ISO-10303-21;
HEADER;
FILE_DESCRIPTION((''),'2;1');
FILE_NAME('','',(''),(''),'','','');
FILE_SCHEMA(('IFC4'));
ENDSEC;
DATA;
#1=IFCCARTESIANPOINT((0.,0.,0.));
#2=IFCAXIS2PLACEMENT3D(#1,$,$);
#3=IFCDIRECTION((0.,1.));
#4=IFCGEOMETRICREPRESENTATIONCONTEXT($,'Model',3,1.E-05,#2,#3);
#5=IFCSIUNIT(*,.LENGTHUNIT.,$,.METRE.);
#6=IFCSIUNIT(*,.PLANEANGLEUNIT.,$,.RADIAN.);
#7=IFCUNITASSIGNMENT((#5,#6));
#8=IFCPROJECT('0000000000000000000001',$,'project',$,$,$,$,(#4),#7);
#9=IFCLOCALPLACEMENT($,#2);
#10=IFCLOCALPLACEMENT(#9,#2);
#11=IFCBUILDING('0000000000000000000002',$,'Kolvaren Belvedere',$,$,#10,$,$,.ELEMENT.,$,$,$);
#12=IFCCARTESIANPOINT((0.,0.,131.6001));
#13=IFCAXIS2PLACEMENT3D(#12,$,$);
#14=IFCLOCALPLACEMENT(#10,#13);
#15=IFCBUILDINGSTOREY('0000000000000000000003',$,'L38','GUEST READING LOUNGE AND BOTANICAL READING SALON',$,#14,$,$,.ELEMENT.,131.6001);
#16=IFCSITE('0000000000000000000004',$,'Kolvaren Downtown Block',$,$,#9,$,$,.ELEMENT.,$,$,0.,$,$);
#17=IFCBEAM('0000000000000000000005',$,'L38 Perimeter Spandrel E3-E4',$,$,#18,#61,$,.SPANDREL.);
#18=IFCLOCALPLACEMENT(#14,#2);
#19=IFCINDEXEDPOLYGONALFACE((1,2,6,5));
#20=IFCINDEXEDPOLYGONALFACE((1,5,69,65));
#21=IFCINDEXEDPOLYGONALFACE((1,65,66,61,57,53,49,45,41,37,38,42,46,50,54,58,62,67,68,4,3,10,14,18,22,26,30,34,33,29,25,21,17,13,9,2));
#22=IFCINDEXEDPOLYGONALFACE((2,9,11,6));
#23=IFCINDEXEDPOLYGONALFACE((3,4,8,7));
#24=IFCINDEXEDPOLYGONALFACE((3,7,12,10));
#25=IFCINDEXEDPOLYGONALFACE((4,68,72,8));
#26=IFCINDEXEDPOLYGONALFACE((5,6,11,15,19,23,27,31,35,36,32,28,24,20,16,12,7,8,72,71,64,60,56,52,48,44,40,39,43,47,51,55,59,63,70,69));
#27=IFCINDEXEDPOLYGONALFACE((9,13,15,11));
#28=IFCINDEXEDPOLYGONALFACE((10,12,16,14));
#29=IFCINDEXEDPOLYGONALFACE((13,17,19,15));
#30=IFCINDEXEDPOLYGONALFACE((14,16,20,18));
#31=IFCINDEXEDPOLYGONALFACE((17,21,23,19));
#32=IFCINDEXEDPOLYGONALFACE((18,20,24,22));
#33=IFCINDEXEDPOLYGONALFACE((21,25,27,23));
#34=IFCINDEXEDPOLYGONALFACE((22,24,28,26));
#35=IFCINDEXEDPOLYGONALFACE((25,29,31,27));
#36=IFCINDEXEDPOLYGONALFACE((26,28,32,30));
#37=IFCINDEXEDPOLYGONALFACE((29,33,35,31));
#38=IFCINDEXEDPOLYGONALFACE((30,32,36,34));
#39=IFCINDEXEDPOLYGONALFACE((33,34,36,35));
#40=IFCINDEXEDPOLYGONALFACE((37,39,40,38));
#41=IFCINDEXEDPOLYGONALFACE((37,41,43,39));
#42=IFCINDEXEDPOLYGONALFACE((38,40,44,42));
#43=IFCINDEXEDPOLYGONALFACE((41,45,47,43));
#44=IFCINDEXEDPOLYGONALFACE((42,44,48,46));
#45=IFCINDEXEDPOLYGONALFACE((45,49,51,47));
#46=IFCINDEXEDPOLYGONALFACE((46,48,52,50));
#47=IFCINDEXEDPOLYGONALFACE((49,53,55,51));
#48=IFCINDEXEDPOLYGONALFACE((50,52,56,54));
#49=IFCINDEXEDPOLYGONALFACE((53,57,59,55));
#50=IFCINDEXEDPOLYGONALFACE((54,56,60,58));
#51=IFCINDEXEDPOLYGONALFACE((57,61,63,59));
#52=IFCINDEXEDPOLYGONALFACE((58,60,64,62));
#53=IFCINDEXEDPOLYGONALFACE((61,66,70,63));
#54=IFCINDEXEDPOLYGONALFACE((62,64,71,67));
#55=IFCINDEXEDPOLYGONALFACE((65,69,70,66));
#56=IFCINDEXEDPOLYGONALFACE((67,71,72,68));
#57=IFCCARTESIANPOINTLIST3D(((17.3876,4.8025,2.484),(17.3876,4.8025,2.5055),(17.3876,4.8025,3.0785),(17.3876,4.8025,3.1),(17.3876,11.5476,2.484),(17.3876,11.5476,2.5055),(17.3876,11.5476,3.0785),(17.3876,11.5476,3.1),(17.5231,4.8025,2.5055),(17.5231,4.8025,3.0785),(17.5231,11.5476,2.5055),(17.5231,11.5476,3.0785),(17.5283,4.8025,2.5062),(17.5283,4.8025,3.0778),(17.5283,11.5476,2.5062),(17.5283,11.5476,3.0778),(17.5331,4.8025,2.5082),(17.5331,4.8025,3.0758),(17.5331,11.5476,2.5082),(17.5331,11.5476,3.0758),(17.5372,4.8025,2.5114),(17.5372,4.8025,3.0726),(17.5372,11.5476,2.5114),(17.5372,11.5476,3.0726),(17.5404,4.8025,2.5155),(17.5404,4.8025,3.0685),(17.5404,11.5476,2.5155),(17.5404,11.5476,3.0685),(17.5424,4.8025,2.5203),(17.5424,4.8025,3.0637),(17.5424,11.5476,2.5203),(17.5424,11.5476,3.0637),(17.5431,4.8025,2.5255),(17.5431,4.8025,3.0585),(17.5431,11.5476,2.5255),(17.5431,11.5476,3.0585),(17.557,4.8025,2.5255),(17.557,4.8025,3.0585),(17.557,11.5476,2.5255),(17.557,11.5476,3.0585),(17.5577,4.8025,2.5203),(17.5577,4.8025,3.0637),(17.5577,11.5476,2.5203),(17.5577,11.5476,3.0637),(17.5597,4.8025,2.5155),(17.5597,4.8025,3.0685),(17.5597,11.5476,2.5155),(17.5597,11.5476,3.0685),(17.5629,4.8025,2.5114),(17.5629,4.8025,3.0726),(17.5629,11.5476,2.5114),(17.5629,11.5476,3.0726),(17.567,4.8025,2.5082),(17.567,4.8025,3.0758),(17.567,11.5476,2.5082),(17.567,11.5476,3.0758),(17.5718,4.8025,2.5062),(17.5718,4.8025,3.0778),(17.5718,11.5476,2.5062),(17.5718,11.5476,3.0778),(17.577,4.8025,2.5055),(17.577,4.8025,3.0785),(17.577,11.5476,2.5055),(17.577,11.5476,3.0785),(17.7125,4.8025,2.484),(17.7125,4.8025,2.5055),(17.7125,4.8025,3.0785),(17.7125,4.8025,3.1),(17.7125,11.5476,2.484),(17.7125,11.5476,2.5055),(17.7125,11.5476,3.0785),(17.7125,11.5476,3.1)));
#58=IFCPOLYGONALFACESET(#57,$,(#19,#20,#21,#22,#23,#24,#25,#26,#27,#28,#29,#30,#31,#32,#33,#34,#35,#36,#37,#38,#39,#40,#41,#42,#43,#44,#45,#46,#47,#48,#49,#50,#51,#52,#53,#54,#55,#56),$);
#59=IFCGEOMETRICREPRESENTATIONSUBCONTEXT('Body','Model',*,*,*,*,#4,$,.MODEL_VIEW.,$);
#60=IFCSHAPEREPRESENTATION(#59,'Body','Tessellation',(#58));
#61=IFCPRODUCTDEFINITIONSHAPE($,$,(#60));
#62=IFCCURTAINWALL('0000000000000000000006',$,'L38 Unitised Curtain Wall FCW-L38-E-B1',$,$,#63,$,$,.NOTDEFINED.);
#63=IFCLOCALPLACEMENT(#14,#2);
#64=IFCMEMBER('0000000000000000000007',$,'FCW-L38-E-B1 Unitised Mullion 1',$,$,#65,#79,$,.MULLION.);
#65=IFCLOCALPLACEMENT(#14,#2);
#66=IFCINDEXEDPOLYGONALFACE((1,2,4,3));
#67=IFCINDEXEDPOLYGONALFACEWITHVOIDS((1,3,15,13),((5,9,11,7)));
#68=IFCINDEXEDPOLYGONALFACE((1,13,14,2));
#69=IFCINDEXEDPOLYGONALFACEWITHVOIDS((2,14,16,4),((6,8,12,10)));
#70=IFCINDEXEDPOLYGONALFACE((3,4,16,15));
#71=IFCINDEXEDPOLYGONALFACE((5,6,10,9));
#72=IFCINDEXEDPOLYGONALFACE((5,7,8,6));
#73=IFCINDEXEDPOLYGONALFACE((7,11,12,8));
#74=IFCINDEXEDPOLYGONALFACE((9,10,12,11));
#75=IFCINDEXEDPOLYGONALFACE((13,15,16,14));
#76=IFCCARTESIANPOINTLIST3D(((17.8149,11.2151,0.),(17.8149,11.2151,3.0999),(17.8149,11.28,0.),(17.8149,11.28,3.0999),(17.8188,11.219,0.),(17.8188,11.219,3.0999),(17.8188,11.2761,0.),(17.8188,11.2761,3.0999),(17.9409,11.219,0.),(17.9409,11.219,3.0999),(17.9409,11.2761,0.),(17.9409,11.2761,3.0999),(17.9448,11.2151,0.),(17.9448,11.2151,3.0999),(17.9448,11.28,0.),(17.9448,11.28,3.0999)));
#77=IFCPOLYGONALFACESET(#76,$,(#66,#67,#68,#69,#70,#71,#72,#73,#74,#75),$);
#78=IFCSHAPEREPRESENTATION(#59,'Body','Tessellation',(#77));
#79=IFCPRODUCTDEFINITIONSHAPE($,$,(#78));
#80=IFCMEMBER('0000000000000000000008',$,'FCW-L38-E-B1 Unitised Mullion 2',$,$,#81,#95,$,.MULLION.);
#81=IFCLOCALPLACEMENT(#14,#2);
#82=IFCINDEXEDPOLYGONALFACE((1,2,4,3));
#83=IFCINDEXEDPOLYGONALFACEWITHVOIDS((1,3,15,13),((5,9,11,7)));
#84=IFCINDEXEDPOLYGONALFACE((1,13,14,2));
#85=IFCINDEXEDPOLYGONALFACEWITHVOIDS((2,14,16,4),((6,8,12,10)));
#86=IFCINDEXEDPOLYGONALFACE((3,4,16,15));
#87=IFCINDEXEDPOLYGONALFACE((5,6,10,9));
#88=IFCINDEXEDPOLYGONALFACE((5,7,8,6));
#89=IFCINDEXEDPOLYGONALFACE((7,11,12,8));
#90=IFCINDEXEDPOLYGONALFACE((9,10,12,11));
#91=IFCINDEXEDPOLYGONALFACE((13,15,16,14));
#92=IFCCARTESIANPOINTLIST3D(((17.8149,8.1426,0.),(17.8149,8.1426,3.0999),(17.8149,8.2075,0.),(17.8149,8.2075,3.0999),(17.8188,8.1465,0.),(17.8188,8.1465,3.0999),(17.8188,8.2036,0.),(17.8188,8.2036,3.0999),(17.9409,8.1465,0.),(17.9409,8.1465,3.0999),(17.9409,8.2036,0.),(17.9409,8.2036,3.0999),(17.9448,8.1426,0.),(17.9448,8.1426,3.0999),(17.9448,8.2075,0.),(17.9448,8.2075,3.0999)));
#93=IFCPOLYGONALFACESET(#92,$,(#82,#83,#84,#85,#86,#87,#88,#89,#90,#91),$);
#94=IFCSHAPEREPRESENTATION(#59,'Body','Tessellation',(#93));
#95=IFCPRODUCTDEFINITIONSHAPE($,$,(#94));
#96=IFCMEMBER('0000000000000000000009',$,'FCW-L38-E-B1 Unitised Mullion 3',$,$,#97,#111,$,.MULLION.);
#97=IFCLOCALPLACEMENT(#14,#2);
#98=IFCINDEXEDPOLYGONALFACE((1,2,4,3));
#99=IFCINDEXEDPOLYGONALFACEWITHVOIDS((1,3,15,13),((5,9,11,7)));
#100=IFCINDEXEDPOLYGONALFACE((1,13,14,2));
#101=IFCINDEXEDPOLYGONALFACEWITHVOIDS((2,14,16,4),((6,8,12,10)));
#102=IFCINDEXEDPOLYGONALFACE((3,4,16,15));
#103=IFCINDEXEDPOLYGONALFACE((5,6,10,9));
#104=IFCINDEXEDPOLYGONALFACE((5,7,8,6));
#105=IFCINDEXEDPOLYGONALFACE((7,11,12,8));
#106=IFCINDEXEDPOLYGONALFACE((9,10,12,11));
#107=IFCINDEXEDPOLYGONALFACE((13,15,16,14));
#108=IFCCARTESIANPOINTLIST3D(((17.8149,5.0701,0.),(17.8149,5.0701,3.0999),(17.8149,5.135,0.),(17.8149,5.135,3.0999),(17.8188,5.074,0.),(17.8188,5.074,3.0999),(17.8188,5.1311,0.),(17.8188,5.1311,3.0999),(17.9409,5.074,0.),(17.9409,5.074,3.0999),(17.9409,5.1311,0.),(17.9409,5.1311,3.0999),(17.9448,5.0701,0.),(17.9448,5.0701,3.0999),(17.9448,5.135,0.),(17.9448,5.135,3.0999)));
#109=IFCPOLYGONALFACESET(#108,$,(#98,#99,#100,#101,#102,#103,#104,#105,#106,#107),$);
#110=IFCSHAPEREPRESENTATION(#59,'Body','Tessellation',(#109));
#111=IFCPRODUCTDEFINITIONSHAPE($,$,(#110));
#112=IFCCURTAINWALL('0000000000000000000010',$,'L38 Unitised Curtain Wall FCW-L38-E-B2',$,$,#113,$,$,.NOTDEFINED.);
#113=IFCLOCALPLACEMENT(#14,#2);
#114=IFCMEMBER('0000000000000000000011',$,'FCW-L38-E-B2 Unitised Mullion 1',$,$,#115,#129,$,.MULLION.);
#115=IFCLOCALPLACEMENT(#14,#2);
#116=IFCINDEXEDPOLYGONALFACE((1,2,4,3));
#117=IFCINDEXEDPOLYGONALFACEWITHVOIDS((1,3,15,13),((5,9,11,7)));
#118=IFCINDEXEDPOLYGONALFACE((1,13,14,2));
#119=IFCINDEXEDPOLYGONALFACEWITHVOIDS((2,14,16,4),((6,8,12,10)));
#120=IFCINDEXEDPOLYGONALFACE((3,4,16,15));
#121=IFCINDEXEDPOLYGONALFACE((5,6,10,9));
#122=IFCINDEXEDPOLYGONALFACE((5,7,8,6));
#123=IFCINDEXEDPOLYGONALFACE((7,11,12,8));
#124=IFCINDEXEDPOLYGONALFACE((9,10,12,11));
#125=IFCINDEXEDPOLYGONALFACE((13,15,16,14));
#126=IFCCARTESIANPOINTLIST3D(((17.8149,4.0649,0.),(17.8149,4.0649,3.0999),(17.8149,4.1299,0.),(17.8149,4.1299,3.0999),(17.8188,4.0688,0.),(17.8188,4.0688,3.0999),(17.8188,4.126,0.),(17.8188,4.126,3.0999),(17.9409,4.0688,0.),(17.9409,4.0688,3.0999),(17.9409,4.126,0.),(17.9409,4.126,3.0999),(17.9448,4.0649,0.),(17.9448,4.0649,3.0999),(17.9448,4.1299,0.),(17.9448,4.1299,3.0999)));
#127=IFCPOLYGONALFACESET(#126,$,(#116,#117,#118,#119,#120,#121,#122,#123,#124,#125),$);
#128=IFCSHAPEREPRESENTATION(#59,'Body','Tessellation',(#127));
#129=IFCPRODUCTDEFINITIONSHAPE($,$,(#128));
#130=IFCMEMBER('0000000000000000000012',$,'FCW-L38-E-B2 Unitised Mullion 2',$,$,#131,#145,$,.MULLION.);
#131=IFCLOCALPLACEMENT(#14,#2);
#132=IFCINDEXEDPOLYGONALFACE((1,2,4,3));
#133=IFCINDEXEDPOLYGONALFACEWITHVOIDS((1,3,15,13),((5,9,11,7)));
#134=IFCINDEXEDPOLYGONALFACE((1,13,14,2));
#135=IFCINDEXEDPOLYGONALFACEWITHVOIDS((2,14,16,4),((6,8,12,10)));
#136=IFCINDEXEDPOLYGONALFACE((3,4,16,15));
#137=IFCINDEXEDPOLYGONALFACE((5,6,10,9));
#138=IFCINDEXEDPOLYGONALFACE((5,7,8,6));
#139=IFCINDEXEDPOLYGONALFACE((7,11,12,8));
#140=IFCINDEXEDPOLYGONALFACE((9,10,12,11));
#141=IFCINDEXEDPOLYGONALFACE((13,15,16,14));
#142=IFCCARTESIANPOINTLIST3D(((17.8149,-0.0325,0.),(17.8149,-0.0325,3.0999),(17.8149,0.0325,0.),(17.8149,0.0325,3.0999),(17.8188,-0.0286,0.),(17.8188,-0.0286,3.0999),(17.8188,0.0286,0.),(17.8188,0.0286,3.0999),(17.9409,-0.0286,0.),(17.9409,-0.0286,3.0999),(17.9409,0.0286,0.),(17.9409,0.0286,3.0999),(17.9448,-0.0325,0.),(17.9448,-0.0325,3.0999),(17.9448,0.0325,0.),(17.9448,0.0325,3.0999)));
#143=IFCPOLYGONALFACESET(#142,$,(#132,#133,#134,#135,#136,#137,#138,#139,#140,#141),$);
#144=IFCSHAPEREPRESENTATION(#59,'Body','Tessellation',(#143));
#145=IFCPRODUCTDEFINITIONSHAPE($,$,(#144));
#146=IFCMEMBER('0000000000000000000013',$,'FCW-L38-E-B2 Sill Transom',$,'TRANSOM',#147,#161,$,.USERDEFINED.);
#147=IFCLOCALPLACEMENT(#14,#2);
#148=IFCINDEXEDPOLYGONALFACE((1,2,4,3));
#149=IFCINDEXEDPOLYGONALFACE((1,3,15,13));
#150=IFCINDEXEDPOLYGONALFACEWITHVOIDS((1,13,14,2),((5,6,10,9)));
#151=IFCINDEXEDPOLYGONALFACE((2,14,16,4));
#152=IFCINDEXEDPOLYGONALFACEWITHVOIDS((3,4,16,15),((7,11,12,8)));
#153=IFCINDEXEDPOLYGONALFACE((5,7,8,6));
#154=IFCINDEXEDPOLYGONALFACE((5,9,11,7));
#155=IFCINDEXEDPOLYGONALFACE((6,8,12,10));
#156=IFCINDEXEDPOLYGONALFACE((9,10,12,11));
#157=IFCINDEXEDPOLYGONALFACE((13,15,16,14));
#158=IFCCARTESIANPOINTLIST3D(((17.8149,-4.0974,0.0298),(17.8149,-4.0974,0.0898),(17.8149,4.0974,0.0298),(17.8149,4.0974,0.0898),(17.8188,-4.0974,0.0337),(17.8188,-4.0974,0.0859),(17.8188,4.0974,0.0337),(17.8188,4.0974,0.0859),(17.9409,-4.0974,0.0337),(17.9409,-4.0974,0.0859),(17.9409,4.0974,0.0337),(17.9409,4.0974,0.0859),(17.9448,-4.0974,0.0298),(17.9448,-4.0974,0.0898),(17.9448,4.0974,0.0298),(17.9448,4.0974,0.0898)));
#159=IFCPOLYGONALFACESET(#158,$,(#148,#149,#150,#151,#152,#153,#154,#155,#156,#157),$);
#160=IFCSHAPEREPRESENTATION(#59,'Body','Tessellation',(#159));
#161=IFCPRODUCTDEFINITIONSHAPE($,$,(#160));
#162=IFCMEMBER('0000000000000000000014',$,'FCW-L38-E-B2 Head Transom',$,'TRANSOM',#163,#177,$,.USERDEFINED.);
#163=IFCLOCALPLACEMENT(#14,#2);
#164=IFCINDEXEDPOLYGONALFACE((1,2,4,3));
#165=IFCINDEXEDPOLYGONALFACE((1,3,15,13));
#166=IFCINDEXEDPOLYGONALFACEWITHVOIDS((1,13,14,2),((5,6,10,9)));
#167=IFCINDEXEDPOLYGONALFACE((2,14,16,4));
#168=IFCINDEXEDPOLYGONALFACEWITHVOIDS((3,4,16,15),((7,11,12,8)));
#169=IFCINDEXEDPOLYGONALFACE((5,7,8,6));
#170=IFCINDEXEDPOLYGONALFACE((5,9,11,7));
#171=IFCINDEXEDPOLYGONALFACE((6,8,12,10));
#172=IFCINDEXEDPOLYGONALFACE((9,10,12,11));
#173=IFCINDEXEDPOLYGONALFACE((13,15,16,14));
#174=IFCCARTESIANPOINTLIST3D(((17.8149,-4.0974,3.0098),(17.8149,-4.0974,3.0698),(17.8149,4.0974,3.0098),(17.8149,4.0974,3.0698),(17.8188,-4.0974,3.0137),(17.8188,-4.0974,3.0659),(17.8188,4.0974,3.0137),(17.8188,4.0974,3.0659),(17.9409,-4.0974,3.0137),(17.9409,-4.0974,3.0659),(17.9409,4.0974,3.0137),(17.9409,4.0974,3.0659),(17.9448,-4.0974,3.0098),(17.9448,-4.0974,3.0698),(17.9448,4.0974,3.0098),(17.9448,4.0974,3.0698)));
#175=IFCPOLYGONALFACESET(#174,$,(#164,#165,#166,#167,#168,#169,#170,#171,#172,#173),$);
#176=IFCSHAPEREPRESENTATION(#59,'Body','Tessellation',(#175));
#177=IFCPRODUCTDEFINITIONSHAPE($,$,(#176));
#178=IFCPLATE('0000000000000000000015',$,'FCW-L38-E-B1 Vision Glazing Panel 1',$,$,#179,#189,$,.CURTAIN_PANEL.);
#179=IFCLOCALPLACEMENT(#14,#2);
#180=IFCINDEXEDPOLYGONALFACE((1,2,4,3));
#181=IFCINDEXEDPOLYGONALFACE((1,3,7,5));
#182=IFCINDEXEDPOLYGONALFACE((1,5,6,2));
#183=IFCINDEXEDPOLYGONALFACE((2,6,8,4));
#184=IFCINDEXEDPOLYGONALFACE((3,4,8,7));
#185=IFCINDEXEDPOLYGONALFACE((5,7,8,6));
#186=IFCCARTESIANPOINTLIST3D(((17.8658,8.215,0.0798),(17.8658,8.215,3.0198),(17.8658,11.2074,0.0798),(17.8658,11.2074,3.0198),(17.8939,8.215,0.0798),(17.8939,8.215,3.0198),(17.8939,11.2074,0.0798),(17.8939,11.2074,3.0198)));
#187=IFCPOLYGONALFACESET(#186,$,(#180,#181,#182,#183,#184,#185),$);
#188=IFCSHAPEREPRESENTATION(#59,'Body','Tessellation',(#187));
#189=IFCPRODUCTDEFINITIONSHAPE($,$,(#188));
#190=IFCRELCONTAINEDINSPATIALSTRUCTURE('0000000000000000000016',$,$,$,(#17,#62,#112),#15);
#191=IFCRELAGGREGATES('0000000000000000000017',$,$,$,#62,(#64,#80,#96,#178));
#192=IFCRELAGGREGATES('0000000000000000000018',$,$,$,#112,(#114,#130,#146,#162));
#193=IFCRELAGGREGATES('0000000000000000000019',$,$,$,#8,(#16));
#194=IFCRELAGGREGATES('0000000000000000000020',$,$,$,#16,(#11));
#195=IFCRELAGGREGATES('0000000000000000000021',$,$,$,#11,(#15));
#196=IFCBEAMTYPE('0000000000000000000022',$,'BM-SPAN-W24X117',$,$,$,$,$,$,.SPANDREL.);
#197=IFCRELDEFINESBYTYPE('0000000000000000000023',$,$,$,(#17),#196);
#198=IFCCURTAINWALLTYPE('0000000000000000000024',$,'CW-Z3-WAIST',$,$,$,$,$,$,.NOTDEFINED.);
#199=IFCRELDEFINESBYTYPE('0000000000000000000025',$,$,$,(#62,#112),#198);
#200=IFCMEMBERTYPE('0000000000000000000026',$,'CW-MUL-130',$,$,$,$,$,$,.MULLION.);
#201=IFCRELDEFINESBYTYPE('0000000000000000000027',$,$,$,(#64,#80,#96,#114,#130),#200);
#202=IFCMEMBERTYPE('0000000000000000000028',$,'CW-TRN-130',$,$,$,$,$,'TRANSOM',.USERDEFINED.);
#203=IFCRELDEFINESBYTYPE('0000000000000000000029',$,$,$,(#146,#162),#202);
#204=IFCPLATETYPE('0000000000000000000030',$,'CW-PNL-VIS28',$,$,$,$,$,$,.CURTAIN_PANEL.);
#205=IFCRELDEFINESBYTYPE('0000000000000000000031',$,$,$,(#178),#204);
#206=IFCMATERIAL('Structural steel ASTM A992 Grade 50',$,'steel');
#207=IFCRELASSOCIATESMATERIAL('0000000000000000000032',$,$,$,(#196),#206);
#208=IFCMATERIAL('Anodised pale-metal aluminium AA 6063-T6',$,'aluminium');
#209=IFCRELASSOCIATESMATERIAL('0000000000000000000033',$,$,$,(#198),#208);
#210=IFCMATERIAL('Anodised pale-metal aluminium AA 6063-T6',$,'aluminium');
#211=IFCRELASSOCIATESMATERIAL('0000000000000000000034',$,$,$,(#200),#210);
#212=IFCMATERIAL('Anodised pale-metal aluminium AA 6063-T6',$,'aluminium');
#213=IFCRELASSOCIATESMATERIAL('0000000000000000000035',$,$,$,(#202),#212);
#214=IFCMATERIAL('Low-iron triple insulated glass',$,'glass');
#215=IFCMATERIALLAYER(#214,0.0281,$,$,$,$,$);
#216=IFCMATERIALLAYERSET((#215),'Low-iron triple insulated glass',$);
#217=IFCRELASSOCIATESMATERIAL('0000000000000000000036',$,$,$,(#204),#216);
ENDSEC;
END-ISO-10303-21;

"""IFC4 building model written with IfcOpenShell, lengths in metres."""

from ifc_helpers import new_model, si_unit, direction, frame, origin, origin_2d, place, context, subcontext, project, spatial, rectangle, hollow_rectangle, i_section, extrude, material, layer, layer_set, material_profile, profile_set, type_object, element, aggregate, save


model = new_model("IFC4")

# Units and contexts
model_context = context("Model", 3, precision=1e-05, world=origin(), true_north=direction((0.0, 1.0)))
body_context = subcontext(model_context, "Body", "Model", "MODEL_VIEW")
ifc_project = project(units=[si_unit("LENGTHUNIT", "METRE"), si_unit("PLANEANGLEUNIT", "RADIAN")], contexts=[model_context])

# Site, building, storey
site_placement = place(None, origin())
site = spatial("IfcSite", under=ifc_project, at=site_placement, Name="Kolvaren Downtown Block", CompositionType="ELEMENT", RefElevation=0.0)
building_placement = place(site_placement, origin())
building = spatial("IfcBuilding", under=site, at=building_placement, Name="Kolvaren Belvedere", CompositionType="ELEMENT")
storey_placement = place(building_placement, frame((0.0, 0.0, 131.6001)))
storey = spatial("IfcBuildingStorey", under=building, at=storey_placement, Name="L38", Description="GUEST READING LOUNGE AND BOTANICAL READING SALON", CompositionType="ELEMENT", Elevation=131.6001)

# Beam
ifc_material_1 = material(Name="Structural steel ASTM A992 Grade 50", Category="steel")
ifc_material_profile_1 = material_profile(ifc_material_1, i_section(OverallWidth=0.325, OverallDepth=0.616, WebThickness=0.0139, FlangeThickness=0.0215, FilletRadius=0.02, at=origin_2d()), Name="W24X117")
ifc_profile_set_1 = profile_set([ifc_material_profile_1], Name="Structural steel ASTM A992 Grade 50")
beam_type_1 = type_object("IfcBeamType", Name="BM-SPAN-W24X117", PredefinedType="SPANDREL", material=ifc_profile_set_1)
beam_1_placement = place(storey_placement, frame((17.55, 4.8025, 2.792), z_axis=(0.0, 1.0, 0.0), x_axis=(-1.0, 0.0, 0.0)))
element("IfcBeam", 1, at=beam_1_placement, inside=storey, type_object=beam_type_1, Name="L38 Perimeter Spandrel E3-E4", PredefinedType="SPANDREL", context=body_context, shape_type="SweptSolid", body=[
    extrude(i_section(OverallWidth=0.325, OverallDepth=0.616, WebThickness=0.0139, FlangeThickness=0.0215, FilletRadius=0.02, at=origin_2d()), origin(), (0.0, 0.0, 1.0), 6.7451),
])

# Curtain walls, members
ifc_material_2 = material(Name="Anodised pale-metal aluminium AA 6063-T6", Category="aluminium")
curtain_wall_type = type_object("IfcCurtainWallType", Name="CW-Z3-WAIST", PredefinedType="NOTDEFINED", material=ifc_material_2)
curtain_wall_1_placement = place(storey_placement, origin())
curtain_wall_1 = element("IfcCurtainWall", 2, at=curtain_wall_1_placement, inside=storey, type_object=curtain_wall_type, Name="L38 Unitised Curtain Wall FCW-L38-E-B1", PredefinedType="NOTDEFINED")
ifc_material_3 = material(Name="Anodised pale-metal aluminium AA 6063-T6", Category="aluminium")
ifc_material_profile_2 = material_profile(ifc_material_3, hollow_rectangle(XDim=0.0649, YDim=0.1299, WallThickness=0.0039, at=origin_2d()), Name="ALU-MUL-130X65")
ifc_profile_set_2 = profile_set([ifc_material_profile_2], Name="Anodised pale-metal aluminium AA 6063-T6")
member_type_1 = type_object("IfcMemberType", Name="CW-MUL-130", PredefinedType="MULLION", material=ifc_profile_set_2)
member_1_placement = place(storey_placement, frame((17.8799, 11.2476, 0.0), z_axis=(0.0, 0.0, 1.0), x_axis=(0.0, 1.0, 0.0)))
member_1 = element("IfcMember", 3, at=member_1_placement, type_object=member_type_1, Name="FCW-L38-E-B1 Unitised Mullion 1", PredefinedType="MULLION", context=body_context, shape_type="SweptSolid", body=[
    extrude(hollow_rectangle(XDim=0.0649, YDim=0.1299, WallThickness=0.0039, at=origin_2d()), origin(), (0.0, 0.0, 1.0), 3.0999),
])
member_2_placement = place(storey_placement, frame((17.8799, 8.175, 0.0), z_axis=(0.0, 0.0, 1.0), x_axis=(0.0, 1.0, 0.0)))
member_2 = element("IfcMember", 4, at=member_2_placement, type_object=member_type_1, Name="FCW-L38-E-B1 Unitised Mullion 2", PredefinedType="MULLION", context=body_context, shape_type="SweptSolid", body=[
    extrude(hollow_rectangle(XDim=0.0649, YDim=0.1299, WallThickness=0.0039, at=origin_2d()), origin(), (0.0, 0.0, 1.0), 3.0999),
])
member_3_placement = place(storey_placement, frame((17.8799, 5.1025, 0.0), z_axis=(0.0, 0.0, 1.0), x_axis=(0.0, 1.0, 0.0)))
member_3 = element("IfcMember", 5, at=member_3_placement, type_object=member_type_1, Name="FCW-L38-E-B1 Unitised Mullion 3", PredefinedType="MULLION", context=body_context, shape_type="SweptSolid", body=[
    extrude(hollow_rectangle(XDim=0.0649, YDim=0.1299, WallThickness=0.0039, at=origin_2d()), origin(), (0.0, 0.0, 1.0), 3.0999),
])
curtain_wall_2_placement = place(storey_placement, origin())
curtain_wall_2 = element("IfcCurtainWall", 6, at=curtain_wall_2_placement, inside=storey, type_object=curtain_wall_type, Name="L38 Unitised Curtain Wall FCW-L38-E-B2", PredefinedType="NOTDEFINED")
member_4_placement = place(storey_placement, frame((17.8799, 4.0974, 0.0), z_axis=(0.0, 0.0, 1.0), x_axis=(0.0, 1.0, 0.0)))
member_4 = element("IfcMember", 7, at=member_4_placement, type_object=member_type_1, Name="FCW-L38-E-B2 Unitised Mullion 1", PredefinedType="MULLION", context=body_context, shape_type="SweptSolid", body=[
    extrude(hollow_rectangle(XDim=0.0649, YDim=0.1299, WallThickness=0.0039, at=origin_2d()), origin(), (0.0, 0.0, 1.0), 3.0999),
])
member_5_placement = place(storey_placement, frame((17.8799, 0.0, 0.0), z_axis=(0.0, 0.0, 1.0), x_axis=(0.0, 1.0, 0.0)))
member_5 = element("IfcMember", 8, at=member_5_placement, type_object=member_type_1, Name="FCW-L38-E-B2 Unitised Mullion 2", PredefinedType="MULLION", context=body_context, shape_type="SweptSolid", body=[
    extrude(hollow_rectangle(XDim=0.0649, YDim=0.1299, WallThickness=0.0039, at=origin_2d()), origin(), (0.0, 0.0, 1.0), 3.0999),
])
ifc_material_4 = material(Name="Anodised pale-metal aluminium AA 6063-T6", Category="aluminium")
ifc_material_profile_3 = material_profile(ifc_material_4, hollow_rectangle(XDim=0.0601, YDim=0.1299, WallThickness=0.0039, at=origin_2d()), Name="ALU-TRN-130X60")
ifc_profile_set_3 = profile_set([ifc_material_profile_3], Name="Anodised pale-metal aluminium AA 6063-T6")
member_type_2 = type_object("IfcMemberType", Name="CW-TRN-130", ElementType="TRANSOM", PredefinedType="USERDEFINED", material=ifc_profile_set_3)
member_6_placement = place(storey_placement, frame((17.8799, 4.0974, 0.0598), z_axis=(0.0, -1.0, 0.0), x_axis=(0.0, 0.0, 1.0)))
member_6 = element("IfcMember", 9, at=member_6_placement, type_object=member_type_2, Name="FCW-L38-E-B2 Sill Transom", ObjectType="TRANSOM", PredefinedType="USERDEFINED", context=body_context, shape_type="SweptSolid", body=[
    extrude(hollow_rectangle(XDim=0.0601, YDim=0.1299, WallThickness=0.0039, at=origin_2d()), origin(), (0.0, 0.0, 1.0), 8.1948),
])
member_7_placement = place(storey_placement, frame((17.8799, 4.0974, 3.0398), z_axis=(0.0, -1.0, 0.0), x_axis=(0.0, 0.0, 1.0)))
member_7 = element("IfcMember", 10, at=member_7_placement, type_object=member_type_2, Name="FCW-L38-E-B2 Head Transom", ObjectType="TRANSOM", PredefinedType="USERDEFINED", context=body_context, shape_type="SweptSolid", body=[
    extrude(hollow_rectangle(XDim=0.0601, YDim=0.1299, WallThickness=0.0039, at=origin_2d()), origin(), (0.0, 0.0, 1.0), 8.1948),
])

# Plate
ifc_material_5 = material(Name="Low-iron triple insulated glass", Category="glass")
ifc_layer_1 = layer(ifc_material_5, 0.0281)
ifc_layer_set_1 = layer_set([ifc_layer_1], Name="Low-iron triple insulated glass")
plate_type_1 = type_object("IfcPlateType", Name="CW-PNL-VIS28", PredefinedType="CURTAIN_PANEL", material=ifc_layer_set_1)
plate_1_placement = place(storey_placement, frame((17.8799, 9.7112, 0.0798), z_axis=(0.0, 0.0, 1.0), x_axis=(0.0, -1.0, 0.0)))
plate_1 = element("IfcPlate", 11, at=plate_1_placement, type_object=plate_type_1, Name="FCW-L38-E-B1 Vision Glazing Panel 1", PredefinedType="CURTAIN_PANEL", context=body_context, shape_type="SweptSolid", body=[
    extrude(rectangle(XDim=2.9924, YDim=0.0281, at=origin_2d()), origin(), (0.0, 0.0, 1.0), 2.9399),
])
aggregate(curtain_wall_1, [member_1, member_2, member_3, plate_1])
aggregate(curtain_wall_2, [member_4, member_5, member_6, member_7])

save(model, "model.ifc")
